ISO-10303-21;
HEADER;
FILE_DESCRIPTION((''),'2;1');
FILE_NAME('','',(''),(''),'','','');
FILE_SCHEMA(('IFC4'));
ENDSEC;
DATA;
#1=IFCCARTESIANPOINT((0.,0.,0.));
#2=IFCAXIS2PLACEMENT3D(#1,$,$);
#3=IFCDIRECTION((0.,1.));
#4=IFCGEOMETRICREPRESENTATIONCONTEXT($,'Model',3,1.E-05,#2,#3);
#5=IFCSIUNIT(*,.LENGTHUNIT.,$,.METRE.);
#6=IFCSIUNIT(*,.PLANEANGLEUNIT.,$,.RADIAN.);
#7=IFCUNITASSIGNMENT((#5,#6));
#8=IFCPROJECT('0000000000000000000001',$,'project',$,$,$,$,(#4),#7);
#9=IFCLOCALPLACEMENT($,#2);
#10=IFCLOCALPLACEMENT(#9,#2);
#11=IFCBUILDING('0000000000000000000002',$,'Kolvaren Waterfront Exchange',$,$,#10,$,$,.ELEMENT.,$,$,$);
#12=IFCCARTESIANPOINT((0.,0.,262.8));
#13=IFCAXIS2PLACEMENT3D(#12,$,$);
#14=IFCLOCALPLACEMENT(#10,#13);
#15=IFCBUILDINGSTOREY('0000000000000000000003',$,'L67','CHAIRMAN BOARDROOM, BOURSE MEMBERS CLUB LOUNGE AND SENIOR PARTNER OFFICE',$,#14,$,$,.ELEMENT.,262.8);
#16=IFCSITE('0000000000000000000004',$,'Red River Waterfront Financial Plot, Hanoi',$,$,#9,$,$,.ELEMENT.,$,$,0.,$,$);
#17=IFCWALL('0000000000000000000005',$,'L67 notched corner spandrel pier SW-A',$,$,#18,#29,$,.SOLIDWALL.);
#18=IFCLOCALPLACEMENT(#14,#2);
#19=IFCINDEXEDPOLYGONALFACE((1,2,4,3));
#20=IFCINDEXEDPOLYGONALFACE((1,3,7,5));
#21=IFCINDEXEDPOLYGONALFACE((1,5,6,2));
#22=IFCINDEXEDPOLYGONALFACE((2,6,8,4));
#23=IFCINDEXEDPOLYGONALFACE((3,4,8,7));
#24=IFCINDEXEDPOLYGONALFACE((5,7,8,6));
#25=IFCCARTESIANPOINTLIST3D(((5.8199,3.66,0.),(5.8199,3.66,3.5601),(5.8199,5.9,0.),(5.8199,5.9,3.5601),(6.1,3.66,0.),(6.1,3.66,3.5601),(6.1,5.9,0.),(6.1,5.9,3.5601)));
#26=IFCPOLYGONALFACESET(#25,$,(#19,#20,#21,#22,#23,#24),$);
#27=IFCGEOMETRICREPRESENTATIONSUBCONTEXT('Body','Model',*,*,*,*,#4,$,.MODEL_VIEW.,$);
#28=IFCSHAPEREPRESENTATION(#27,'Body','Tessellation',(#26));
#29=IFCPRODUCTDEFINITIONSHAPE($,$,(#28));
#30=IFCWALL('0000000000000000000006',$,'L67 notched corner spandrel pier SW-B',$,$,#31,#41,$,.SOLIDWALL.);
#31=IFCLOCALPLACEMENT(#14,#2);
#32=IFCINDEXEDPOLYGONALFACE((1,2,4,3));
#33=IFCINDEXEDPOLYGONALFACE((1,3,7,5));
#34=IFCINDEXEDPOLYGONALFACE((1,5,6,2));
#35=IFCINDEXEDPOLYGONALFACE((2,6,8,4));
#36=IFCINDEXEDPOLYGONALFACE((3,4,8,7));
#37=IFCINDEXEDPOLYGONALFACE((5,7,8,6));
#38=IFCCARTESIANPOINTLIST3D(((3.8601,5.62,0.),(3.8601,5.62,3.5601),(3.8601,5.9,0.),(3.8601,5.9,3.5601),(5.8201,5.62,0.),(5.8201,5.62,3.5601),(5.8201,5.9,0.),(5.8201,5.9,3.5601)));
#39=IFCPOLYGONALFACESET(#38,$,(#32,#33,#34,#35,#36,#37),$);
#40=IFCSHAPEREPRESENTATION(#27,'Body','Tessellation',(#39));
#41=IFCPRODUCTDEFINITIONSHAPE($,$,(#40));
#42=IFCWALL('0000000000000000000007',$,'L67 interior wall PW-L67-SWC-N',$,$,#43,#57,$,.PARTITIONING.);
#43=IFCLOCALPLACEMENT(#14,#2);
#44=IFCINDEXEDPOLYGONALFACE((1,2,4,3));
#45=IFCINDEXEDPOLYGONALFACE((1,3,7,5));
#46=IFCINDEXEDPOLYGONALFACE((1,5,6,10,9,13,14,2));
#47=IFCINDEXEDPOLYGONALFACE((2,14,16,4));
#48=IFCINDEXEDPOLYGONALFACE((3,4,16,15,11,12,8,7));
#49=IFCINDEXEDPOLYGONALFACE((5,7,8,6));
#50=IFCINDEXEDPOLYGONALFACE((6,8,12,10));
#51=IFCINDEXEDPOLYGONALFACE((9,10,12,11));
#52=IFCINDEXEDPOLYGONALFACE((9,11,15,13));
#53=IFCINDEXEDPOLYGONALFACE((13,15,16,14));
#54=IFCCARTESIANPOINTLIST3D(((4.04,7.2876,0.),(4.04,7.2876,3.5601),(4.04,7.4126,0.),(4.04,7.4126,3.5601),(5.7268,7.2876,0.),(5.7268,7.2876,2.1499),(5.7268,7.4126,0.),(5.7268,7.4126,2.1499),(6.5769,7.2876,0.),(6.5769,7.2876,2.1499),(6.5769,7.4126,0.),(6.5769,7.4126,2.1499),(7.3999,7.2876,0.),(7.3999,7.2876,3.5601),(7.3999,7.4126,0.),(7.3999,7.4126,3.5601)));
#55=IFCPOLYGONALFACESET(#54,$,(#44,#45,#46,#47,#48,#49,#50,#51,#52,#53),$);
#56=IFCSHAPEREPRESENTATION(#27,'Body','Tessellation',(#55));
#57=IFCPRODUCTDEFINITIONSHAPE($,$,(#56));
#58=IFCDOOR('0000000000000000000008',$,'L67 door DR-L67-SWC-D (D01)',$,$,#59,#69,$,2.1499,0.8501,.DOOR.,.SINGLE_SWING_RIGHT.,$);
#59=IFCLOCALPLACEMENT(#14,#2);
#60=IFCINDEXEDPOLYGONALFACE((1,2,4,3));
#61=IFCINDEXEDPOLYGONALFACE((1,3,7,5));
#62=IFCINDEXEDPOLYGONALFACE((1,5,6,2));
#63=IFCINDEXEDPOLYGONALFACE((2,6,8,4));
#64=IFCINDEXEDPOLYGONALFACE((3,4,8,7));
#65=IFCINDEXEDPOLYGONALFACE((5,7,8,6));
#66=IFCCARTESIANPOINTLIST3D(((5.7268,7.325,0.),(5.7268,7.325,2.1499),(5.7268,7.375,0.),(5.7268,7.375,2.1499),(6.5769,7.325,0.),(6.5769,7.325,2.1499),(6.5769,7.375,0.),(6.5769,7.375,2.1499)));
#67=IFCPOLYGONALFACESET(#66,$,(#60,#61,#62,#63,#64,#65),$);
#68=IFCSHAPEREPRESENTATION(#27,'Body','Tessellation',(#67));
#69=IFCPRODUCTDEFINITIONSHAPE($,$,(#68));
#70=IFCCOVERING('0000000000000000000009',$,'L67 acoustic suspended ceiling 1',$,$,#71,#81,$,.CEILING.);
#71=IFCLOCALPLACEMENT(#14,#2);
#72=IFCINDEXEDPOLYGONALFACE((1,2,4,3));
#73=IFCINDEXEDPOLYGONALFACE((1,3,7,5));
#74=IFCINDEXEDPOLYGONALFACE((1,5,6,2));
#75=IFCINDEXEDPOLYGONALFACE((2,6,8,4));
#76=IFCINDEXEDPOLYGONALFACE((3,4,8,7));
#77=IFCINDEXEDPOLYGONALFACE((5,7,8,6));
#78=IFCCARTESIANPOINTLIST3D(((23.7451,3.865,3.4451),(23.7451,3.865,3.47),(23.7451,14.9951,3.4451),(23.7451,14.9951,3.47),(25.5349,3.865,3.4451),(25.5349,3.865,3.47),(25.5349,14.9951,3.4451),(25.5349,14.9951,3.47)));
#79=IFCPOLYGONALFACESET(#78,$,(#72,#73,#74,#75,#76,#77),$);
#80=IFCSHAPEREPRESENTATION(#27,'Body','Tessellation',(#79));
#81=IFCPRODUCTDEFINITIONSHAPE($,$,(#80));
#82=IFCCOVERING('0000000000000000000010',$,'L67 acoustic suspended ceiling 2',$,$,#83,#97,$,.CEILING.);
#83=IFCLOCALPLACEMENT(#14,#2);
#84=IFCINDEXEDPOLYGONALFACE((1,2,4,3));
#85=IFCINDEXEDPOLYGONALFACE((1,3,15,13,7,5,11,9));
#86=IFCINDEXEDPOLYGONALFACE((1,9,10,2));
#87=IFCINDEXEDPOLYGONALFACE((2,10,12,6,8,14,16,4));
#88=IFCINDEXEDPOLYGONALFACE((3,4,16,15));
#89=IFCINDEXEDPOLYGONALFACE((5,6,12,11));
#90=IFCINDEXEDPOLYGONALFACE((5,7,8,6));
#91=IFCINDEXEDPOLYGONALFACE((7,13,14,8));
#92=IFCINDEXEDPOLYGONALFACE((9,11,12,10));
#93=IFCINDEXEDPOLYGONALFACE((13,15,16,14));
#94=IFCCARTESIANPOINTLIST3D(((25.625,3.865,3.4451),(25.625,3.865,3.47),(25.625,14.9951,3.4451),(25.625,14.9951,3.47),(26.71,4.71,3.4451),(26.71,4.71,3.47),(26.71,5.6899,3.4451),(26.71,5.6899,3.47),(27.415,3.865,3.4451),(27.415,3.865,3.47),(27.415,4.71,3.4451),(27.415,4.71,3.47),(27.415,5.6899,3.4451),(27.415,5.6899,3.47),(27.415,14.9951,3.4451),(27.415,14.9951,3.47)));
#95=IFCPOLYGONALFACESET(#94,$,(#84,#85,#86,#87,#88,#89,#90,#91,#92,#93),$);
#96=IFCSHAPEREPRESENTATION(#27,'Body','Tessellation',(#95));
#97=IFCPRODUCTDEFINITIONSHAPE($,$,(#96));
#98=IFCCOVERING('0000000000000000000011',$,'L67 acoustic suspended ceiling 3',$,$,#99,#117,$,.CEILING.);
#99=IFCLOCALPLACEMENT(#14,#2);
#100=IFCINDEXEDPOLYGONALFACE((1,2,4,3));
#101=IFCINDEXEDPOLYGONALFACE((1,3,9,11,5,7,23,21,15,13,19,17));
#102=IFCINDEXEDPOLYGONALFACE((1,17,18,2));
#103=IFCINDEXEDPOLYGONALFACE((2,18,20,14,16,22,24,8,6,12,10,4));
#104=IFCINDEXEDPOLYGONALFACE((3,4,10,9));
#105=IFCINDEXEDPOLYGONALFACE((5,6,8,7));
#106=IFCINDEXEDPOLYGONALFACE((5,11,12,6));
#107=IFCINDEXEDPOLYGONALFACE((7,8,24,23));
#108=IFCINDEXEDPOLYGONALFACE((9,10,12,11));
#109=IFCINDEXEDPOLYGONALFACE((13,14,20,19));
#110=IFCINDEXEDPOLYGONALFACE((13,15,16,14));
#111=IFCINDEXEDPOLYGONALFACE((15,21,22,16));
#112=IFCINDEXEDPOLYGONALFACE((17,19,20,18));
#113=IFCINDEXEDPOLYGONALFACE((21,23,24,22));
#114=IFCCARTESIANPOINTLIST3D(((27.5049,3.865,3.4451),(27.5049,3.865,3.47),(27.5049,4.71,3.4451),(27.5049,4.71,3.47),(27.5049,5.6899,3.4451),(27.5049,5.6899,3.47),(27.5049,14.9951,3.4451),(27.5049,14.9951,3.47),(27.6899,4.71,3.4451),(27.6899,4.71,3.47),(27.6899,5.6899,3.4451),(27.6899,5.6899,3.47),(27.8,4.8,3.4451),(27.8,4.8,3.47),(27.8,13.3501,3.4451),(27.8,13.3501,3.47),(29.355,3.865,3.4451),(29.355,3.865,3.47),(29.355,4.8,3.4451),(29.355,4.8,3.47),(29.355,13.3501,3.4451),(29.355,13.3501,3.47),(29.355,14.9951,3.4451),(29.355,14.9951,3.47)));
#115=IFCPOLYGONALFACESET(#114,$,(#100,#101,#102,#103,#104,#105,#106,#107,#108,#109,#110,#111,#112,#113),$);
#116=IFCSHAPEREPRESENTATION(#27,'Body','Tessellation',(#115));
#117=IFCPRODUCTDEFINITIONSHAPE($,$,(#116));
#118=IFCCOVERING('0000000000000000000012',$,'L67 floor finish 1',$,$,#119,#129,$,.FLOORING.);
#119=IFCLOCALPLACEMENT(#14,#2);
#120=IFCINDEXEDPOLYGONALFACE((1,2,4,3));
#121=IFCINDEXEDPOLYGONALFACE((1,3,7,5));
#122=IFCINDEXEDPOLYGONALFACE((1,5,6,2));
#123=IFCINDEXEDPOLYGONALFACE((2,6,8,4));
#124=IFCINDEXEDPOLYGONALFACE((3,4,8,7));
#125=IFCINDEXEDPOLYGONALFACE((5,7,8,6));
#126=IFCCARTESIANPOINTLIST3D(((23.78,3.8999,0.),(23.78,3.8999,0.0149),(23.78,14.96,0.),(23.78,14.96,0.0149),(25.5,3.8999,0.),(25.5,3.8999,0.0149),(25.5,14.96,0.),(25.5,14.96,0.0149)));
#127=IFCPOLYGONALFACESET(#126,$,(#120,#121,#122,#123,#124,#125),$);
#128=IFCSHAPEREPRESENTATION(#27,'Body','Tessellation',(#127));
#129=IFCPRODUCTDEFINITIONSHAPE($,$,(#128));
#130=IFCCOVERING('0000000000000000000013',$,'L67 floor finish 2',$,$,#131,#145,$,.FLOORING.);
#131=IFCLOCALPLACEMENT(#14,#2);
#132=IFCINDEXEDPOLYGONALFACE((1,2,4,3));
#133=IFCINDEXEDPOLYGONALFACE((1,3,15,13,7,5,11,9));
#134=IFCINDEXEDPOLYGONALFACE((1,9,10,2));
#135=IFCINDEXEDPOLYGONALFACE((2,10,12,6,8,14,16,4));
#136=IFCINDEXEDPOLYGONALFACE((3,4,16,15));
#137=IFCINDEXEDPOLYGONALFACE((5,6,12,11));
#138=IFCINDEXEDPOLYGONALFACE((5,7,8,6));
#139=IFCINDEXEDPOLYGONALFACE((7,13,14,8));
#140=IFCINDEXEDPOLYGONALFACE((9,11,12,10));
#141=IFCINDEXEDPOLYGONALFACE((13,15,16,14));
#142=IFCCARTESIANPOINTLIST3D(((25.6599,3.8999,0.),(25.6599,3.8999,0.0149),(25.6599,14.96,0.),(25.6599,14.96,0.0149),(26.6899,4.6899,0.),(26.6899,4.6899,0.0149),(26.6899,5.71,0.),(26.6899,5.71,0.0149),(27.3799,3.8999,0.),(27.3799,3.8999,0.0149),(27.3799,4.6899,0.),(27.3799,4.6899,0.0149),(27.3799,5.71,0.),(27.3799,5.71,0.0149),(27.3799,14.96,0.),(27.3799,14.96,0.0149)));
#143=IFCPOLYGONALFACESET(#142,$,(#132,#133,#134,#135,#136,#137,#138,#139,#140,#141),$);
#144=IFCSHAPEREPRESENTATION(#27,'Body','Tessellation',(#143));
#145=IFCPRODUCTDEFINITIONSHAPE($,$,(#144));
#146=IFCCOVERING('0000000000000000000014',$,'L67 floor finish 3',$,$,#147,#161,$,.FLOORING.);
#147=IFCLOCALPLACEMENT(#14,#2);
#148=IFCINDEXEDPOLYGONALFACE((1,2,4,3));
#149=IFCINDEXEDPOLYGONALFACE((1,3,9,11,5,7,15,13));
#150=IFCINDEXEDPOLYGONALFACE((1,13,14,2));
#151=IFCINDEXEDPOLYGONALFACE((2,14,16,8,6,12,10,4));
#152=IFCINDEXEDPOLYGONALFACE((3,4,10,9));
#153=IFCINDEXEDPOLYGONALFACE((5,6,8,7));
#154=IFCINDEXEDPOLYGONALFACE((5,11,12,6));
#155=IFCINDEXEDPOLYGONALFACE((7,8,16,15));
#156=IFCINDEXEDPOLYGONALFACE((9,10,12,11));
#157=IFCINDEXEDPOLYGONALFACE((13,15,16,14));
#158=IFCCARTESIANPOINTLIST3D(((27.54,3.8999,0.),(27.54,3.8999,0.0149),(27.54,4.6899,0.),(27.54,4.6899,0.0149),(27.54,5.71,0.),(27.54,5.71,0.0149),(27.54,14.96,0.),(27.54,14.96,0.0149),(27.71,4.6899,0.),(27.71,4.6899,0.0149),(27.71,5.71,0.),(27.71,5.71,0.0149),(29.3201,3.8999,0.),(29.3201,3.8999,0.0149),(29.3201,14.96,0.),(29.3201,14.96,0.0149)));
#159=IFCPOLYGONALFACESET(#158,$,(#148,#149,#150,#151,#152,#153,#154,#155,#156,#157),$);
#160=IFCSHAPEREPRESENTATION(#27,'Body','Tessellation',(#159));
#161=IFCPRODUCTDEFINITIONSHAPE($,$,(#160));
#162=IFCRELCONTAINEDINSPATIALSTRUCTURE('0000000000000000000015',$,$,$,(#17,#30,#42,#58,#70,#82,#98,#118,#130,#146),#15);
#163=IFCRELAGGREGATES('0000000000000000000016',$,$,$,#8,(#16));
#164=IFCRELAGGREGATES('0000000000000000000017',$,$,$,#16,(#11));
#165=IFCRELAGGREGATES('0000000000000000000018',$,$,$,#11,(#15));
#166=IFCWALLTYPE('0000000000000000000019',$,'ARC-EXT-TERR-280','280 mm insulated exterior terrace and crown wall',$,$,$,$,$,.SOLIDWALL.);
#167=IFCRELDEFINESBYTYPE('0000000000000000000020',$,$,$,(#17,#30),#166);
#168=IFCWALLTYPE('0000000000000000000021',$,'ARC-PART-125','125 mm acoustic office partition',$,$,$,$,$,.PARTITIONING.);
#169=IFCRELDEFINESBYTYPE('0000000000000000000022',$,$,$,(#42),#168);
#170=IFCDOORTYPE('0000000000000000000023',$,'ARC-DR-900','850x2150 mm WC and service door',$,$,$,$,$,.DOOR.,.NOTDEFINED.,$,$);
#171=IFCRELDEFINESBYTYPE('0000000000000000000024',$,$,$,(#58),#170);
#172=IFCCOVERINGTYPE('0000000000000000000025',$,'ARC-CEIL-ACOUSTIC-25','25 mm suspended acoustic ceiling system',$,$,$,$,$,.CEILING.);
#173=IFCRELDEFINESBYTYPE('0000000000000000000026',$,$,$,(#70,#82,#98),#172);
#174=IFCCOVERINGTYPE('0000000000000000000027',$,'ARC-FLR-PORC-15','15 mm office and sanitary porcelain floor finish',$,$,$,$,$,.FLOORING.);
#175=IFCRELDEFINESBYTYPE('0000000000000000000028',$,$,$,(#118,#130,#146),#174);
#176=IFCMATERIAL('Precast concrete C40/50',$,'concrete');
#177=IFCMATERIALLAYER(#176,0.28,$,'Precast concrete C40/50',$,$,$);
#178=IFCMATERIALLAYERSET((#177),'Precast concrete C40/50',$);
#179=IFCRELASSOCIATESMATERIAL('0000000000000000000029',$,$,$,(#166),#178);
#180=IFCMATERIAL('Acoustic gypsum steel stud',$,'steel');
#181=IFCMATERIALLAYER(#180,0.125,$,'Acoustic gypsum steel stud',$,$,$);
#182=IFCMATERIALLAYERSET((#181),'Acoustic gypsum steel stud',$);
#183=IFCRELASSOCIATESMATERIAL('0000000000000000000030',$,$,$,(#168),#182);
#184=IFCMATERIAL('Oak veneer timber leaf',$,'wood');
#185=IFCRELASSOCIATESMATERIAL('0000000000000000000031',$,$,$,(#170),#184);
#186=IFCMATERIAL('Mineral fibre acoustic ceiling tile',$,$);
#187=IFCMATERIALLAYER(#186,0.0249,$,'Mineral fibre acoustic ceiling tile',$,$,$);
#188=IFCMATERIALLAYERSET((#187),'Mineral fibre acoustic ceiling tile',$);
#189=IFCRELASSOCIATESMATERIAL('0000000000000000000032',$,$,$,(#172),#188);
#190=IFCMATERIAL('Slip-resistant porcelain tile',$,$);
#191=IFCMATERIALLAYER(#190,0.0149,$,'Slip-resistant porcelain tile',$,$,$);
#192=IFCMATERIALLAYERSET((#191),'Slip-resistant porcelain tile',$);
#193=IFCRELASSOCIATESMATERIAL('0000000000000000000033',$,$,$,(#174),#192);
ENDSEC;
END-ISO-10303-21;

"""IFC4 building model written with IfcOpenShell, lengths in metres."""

from ifc_helpers import new_model, si_unit, direction, frame, frame_2d, origin, place, context, subcontext, project, spatial, polyline, rectangle, outline, extrude, material, layer, layer_set, type_object, element, fill, save


model = new_model("IFC4")

# Units and contexts
model_context = context("Model", 3, precision=1e-05, world=origin(), true_north=direction((0.0, 1.0)))
body_context = subcontext(model_context, "Body", "Model", "MODEL_VIEW")
ifc_project = project(units=[si_unit("LENGTHUNIT", "METRE"), si_unit("PLANEANGLEUNIT", "RADIAN")], contexts=[model_context])

# Site, building, storey
site_placement = place(None, origin())
site = spatial("IfcSite", under=ifc_project, at=site_placement, Name="Red River Waterfront Financial Plot, Hanoi", CompositionType="ELEMENT", RefElevation=0.0)
building_placement = place(site_placement, origin())
building = spatial("IfcBuilding", under=site, at=building_placement, Name="Kolvaren Waterfront Exchange", CompositionType="ELEMENT")
storey_placement = place(building_placement, frame((0.0, 0.0, 262.8)))
storey = spatial("IfcBuildingStorey", under=building, at=storey_placement, Name="L67", Description="CHAIRMAN BOARDROOM, BOURSE MEMBERS CLUB LOUNGE AND SENIOR PARTNER OFFICE", CompositionType="ELEMENT", Elevation=262.8)

# Walls
ifc_material_1 = material(Name="Precast concrete C40/50", Category="concrete")
ifc_layer_1 = layer(ifc_material_1, 0.28, Name="Precast concrete C40/50")
ifc_layer_set_1 = layer_set([ifc_layer_1], Name="Precast concrete C40/50")
wall_type_1 = type_object("IfcWallType", Name="ARC-EXT-TERR-280", Description="280 mm insulated exterior terrace and crown wall", PredefinedType="SOLIDWALL", material=ifc_layer_set_1)
wall_1_placement = place(storey_placement, frame((5.96, 3.6599, 0.0), z_axis=(0.0, 0.0, 1.0), x_axis=(0.0, 1.0, 0.0)))
element("IfcWall", 1, at=wall_1_placement, inside=storey, type_object=wall_type_1, Name="L67 notched corner spandrel pier SW-A", PredefinedType="SOLIDWALL", context=body_context, shape_type="SweptSolid", body=[
    extrude(rectangle(XDim=2.24, YDim=0.28, at=frame_2d((1.1201, 0.0))), origin(), (0.0, 0.0, 1.0), 3.5601),
])
wall_2_placement = place(storey_placement, frame((3.8601, 5.76, 0.0), z_axis=(0.0, 0.0, 1.0), x_axis=(1.0, 0.0, 0.0)))
element("IfcWall", 2, at=wall_2_placement, inside=storey, type_object=wall_type_1, Name="L67 notched corner spandrel pier SW-B", PredefinedType="SOLIDWALL", context=body_context, shape_type="SweptSolid", body=[
    extrude(rectangle(XDim=1.96, YDim=0.28, at=frame_2d((0.98, 0.0))), origin(), (0.0, 0.0, 1.0), 3.5601),
])

# Wall, opening, door
ifc_material_2 = material(Name="Acoustic gypsum steel stud", Category="steel")
ifc_layer_2 = layer(ifc_material_2, 0.125, Name="Acoustic gypsum steel stud")
ifc_layer_set_2 = layer_set([ifc_layer_2], Name="Acoustic gypsum steel stud")
wall_type_2 = type_object("IfcWallType", Name="ARC-PART-125", Description="125 mm acoustic office partition", PredefinedType="PARTITIONING", material=ifc_layer_set_2)
wall_3_placement = place(storey_placement, frame((4.04, 7.3501, 0.0), z_axis=(0.0, 0.0, 1.0), x_axis=(1.0, 0.0, 0.0)))
wall_3 = element("IfcWall", 3, at=wall_3_placement, inside=storey, type_object=wall_type_2, Name="L67 interior wall PW-L67-SWC-N", PredefinedType="PARTITIONING", context=body_context, shape_type="SweptSolid", body=[
    extrude(rectangle(XDim=3.3599, YDim=0.125, at=frame_2d((1.6799, 0.0))), origin(), (0.0, 0.0, 1.0), 3.5601),
])
opening_placement = place(wall_3_placement, frame((1.6868, 0.0, 0.0)))
opening = element("IfcOpeningElement", 4, at=opening_placement, cuts=wall_3, PredefinedType="OPENING", context=body_context, shape_type="SweptSolid", body=[
    extrude(rectangle(XDim=0.8501, YDim=2.1499, at=frame_2d((0.425, 1.075))), frame((0.0, 0.0725, 0.0), z_axis=(0.0, -1.0, 0.0), x_axis=(1.0, 0.0, 0.0)), (0.0, 0.0, 1.0), 0.145),
])
ifc_material_3 = material(Name="Oak veneer timber leaf", Category="wood")
door_type = type_object("IfcDoorType", Name="ARC-DR-900", Description="850x2150 mm WC and service door", OperationType="NOTDEFINED", PredefinedType="DOOR", material=ifc_material_3)
door_placement = place(opening_placement, origin())
door = element("IfcDoor", 5, at=door_placement, inside=storey, type_object=door_type, Name="L67 door DR-L67-SWC-D (D01)", OperationType="SINGLE_SWING_RIGHT", OverallHeight=2.1499, OverallWidth=0.8501, PredefinedType="DOOR", context=body_context, shape_type="SweptSolid", body=[
    extrude(rectangle(XDim=0.8501, YDim=2.1499, at=frame_2d((0.425, 1.075))), frame((0.0, 0.0249, 0.0), z_axis=(0.0, -1.0, 0.0), x_axis=(1.0, 0.0, 0.0)), (0.0, 0.0, 1.0), 0.05),
])
fill(opening, door)

# Coverings
ifc_material_4 = material(Name="Mineral fibre acoustic ceiling tile")
ifc_layer_3 = layer(ifc_material_4, 0.0249, Name="Mineral fibre acoustic ceiling tile")
ifc_layer_set_3 = layer_set([ifc_layer_3], Name="Mineral fibre acoustic ceiling tile")
covering_type_1 = type_object("IfcCoveringType", Name="ARC-CEIL-ACOUSTIC-25", Description="25 mm suspended acoustic ceiling system", PredefinedType="CEILING", material=ifc_layer_set_3)
covering_1_placement = place(storey_placement, frame((0.0, 0.0, 3.4451)))
element("IfcCovering", 6, at=covering_1_placement, inside=storey, type_object=covering_type_1, Name="L67 acoustic suspended ceiling 1", PredefinedType="CEILING", context=body_context, shape_type="SweptSolid", body=[
    extrude(outline(polyline([(25.5349, 3.865), (25.5349, 14.9951), (23.7451, 14.9951), (23.7451, 3.865), (25.5349, 3.865)])), origin(), (0.0, 0.0, 1.0), 0.0249),
])
covering_2_placement = place(storey_placement, frame((0.0, 0.0, 3.4451)))
element("IfcCovering", 7, at=covering_2_placement, inside=storey, type_object=covering_type_1, Name="L67 acoustic suspended ceiling 2", PredefinedType="CEILING", context=body_context, shape_type="SweptSolid", body=[
    extrude(outline(polyline([(27.415, 4.71), (26.71, 4.71), (26.71, 5.6899), (27.415, 5.6899), (27.415, 14.9951), (25.625, 14.9951), (25.625, 3.865), (27.415, 3.865), (27.415, 4.71)])), origin(), (0.0, 0.0, 1.0), 0.0249),
])
covering_3_placement = place(storey_placement, frame((0.0, 0.0, 3.4451)))
element("IfcCovering", 8, at=covering_3_placement, inside=storey, type_object=covering_type_1, Name="L67 acoustic suspended ceiling 3", PredefinedType="CEILING", context=body_context, shape_type="SweptSolid", body=[
    extrude(outline(polyline([(27.5049, 5.6899), (27.6899, 5.6899), (27.6899, 4.71), (27.5049, 4.71), (27.5049, 3.865), (29.355, 3.865), (29.355, 4.8), (27.8, 4.8), (27.8, 13.3501), (29.355, 13.3501), (29.355, 14.9951), (27.5049, 14.9951), (27.5049, 5.6899)])), origin(), (0.0, 0.0, 1.0), 0.0249),
])
ifc_material_5 = material(Name="Slip-resistant porcelain tile")
ifc_layer_4 = layer(ifc_material_5, 0.0149, Name="Slip-resistant porcelain tile")
ifc_layer_set_4 = layer_set([ifc_layer_4], Name="Slip-resistant porcelain tile")
covering_type_2 = type_object("IfcCoveringType", Name="ARC-FLR-PORC-15", Description="15 mm office and sanitary porcelain floor finish", PredefinedType="FLOORING", material=ifc_layer_set_4)
covering_4_placement = place(storey_placement, origin())
element("IfcCovering", 9, at=covering_4_placement, inside=storey, type_object=covering_type_2, Name="L67 floor finish 1", PredefinedType="FLOORING", context=body_context, shape_type="SweptSolid", body=[
    extrude(outline(polyline([(23.78, 14.96), (23.78, 3.8999), (25.5, 3.8999), (25.5, 14.96), (23.78, 14.96)])), origin(), (0.0, 0.0, 1.0), 0.0149),
])
covering_5_placement = place(storey_placement, origin())
element("IfcCovering", 10, at=covering_5_placement, inside=storey, type_object=covering_type_2, Name="L67 floor finish 2", PredefinedType="FLOORING", context=body_context, shape_type="SweptSolid", body=[
    extrude(outline(polyline([(25.6599, 14.96), (25.6599, 3.8999), (27.3799, 3.8999), (27.3799, 4.6899), (26.6899, 4.6899), (26.6899, 5.71), (27.3799, 5.71), (27.3799, 14.96), (25.6599, 14.96)])), origin(), (0.0, 0.0, 1.0), 0.0149),
])
covering_6_placement = place(storey_placement, origin())
element("IfcCovering", 11, at=covering_6_placement, inside=storey, type_object=covering_type_2, Name="L67 floor finish 3", PredefinedType="FLOORING", context=body_context, shape_type="SweptSolid", body=[
    extrude(outline(polyline([(27.54, 4.6899), (27.54, 3.8999), (29.3201, 3.8999), (29.3201, 14.96), (27.54, 14.96), (27.54, 5.71), (27.71, 5.71), (27.71, 4.6899), (27.54, 4.6899)])), origin(), (0.0, 0.0, 1.0), 0.0149),
])

save(model, "model.ifc")
